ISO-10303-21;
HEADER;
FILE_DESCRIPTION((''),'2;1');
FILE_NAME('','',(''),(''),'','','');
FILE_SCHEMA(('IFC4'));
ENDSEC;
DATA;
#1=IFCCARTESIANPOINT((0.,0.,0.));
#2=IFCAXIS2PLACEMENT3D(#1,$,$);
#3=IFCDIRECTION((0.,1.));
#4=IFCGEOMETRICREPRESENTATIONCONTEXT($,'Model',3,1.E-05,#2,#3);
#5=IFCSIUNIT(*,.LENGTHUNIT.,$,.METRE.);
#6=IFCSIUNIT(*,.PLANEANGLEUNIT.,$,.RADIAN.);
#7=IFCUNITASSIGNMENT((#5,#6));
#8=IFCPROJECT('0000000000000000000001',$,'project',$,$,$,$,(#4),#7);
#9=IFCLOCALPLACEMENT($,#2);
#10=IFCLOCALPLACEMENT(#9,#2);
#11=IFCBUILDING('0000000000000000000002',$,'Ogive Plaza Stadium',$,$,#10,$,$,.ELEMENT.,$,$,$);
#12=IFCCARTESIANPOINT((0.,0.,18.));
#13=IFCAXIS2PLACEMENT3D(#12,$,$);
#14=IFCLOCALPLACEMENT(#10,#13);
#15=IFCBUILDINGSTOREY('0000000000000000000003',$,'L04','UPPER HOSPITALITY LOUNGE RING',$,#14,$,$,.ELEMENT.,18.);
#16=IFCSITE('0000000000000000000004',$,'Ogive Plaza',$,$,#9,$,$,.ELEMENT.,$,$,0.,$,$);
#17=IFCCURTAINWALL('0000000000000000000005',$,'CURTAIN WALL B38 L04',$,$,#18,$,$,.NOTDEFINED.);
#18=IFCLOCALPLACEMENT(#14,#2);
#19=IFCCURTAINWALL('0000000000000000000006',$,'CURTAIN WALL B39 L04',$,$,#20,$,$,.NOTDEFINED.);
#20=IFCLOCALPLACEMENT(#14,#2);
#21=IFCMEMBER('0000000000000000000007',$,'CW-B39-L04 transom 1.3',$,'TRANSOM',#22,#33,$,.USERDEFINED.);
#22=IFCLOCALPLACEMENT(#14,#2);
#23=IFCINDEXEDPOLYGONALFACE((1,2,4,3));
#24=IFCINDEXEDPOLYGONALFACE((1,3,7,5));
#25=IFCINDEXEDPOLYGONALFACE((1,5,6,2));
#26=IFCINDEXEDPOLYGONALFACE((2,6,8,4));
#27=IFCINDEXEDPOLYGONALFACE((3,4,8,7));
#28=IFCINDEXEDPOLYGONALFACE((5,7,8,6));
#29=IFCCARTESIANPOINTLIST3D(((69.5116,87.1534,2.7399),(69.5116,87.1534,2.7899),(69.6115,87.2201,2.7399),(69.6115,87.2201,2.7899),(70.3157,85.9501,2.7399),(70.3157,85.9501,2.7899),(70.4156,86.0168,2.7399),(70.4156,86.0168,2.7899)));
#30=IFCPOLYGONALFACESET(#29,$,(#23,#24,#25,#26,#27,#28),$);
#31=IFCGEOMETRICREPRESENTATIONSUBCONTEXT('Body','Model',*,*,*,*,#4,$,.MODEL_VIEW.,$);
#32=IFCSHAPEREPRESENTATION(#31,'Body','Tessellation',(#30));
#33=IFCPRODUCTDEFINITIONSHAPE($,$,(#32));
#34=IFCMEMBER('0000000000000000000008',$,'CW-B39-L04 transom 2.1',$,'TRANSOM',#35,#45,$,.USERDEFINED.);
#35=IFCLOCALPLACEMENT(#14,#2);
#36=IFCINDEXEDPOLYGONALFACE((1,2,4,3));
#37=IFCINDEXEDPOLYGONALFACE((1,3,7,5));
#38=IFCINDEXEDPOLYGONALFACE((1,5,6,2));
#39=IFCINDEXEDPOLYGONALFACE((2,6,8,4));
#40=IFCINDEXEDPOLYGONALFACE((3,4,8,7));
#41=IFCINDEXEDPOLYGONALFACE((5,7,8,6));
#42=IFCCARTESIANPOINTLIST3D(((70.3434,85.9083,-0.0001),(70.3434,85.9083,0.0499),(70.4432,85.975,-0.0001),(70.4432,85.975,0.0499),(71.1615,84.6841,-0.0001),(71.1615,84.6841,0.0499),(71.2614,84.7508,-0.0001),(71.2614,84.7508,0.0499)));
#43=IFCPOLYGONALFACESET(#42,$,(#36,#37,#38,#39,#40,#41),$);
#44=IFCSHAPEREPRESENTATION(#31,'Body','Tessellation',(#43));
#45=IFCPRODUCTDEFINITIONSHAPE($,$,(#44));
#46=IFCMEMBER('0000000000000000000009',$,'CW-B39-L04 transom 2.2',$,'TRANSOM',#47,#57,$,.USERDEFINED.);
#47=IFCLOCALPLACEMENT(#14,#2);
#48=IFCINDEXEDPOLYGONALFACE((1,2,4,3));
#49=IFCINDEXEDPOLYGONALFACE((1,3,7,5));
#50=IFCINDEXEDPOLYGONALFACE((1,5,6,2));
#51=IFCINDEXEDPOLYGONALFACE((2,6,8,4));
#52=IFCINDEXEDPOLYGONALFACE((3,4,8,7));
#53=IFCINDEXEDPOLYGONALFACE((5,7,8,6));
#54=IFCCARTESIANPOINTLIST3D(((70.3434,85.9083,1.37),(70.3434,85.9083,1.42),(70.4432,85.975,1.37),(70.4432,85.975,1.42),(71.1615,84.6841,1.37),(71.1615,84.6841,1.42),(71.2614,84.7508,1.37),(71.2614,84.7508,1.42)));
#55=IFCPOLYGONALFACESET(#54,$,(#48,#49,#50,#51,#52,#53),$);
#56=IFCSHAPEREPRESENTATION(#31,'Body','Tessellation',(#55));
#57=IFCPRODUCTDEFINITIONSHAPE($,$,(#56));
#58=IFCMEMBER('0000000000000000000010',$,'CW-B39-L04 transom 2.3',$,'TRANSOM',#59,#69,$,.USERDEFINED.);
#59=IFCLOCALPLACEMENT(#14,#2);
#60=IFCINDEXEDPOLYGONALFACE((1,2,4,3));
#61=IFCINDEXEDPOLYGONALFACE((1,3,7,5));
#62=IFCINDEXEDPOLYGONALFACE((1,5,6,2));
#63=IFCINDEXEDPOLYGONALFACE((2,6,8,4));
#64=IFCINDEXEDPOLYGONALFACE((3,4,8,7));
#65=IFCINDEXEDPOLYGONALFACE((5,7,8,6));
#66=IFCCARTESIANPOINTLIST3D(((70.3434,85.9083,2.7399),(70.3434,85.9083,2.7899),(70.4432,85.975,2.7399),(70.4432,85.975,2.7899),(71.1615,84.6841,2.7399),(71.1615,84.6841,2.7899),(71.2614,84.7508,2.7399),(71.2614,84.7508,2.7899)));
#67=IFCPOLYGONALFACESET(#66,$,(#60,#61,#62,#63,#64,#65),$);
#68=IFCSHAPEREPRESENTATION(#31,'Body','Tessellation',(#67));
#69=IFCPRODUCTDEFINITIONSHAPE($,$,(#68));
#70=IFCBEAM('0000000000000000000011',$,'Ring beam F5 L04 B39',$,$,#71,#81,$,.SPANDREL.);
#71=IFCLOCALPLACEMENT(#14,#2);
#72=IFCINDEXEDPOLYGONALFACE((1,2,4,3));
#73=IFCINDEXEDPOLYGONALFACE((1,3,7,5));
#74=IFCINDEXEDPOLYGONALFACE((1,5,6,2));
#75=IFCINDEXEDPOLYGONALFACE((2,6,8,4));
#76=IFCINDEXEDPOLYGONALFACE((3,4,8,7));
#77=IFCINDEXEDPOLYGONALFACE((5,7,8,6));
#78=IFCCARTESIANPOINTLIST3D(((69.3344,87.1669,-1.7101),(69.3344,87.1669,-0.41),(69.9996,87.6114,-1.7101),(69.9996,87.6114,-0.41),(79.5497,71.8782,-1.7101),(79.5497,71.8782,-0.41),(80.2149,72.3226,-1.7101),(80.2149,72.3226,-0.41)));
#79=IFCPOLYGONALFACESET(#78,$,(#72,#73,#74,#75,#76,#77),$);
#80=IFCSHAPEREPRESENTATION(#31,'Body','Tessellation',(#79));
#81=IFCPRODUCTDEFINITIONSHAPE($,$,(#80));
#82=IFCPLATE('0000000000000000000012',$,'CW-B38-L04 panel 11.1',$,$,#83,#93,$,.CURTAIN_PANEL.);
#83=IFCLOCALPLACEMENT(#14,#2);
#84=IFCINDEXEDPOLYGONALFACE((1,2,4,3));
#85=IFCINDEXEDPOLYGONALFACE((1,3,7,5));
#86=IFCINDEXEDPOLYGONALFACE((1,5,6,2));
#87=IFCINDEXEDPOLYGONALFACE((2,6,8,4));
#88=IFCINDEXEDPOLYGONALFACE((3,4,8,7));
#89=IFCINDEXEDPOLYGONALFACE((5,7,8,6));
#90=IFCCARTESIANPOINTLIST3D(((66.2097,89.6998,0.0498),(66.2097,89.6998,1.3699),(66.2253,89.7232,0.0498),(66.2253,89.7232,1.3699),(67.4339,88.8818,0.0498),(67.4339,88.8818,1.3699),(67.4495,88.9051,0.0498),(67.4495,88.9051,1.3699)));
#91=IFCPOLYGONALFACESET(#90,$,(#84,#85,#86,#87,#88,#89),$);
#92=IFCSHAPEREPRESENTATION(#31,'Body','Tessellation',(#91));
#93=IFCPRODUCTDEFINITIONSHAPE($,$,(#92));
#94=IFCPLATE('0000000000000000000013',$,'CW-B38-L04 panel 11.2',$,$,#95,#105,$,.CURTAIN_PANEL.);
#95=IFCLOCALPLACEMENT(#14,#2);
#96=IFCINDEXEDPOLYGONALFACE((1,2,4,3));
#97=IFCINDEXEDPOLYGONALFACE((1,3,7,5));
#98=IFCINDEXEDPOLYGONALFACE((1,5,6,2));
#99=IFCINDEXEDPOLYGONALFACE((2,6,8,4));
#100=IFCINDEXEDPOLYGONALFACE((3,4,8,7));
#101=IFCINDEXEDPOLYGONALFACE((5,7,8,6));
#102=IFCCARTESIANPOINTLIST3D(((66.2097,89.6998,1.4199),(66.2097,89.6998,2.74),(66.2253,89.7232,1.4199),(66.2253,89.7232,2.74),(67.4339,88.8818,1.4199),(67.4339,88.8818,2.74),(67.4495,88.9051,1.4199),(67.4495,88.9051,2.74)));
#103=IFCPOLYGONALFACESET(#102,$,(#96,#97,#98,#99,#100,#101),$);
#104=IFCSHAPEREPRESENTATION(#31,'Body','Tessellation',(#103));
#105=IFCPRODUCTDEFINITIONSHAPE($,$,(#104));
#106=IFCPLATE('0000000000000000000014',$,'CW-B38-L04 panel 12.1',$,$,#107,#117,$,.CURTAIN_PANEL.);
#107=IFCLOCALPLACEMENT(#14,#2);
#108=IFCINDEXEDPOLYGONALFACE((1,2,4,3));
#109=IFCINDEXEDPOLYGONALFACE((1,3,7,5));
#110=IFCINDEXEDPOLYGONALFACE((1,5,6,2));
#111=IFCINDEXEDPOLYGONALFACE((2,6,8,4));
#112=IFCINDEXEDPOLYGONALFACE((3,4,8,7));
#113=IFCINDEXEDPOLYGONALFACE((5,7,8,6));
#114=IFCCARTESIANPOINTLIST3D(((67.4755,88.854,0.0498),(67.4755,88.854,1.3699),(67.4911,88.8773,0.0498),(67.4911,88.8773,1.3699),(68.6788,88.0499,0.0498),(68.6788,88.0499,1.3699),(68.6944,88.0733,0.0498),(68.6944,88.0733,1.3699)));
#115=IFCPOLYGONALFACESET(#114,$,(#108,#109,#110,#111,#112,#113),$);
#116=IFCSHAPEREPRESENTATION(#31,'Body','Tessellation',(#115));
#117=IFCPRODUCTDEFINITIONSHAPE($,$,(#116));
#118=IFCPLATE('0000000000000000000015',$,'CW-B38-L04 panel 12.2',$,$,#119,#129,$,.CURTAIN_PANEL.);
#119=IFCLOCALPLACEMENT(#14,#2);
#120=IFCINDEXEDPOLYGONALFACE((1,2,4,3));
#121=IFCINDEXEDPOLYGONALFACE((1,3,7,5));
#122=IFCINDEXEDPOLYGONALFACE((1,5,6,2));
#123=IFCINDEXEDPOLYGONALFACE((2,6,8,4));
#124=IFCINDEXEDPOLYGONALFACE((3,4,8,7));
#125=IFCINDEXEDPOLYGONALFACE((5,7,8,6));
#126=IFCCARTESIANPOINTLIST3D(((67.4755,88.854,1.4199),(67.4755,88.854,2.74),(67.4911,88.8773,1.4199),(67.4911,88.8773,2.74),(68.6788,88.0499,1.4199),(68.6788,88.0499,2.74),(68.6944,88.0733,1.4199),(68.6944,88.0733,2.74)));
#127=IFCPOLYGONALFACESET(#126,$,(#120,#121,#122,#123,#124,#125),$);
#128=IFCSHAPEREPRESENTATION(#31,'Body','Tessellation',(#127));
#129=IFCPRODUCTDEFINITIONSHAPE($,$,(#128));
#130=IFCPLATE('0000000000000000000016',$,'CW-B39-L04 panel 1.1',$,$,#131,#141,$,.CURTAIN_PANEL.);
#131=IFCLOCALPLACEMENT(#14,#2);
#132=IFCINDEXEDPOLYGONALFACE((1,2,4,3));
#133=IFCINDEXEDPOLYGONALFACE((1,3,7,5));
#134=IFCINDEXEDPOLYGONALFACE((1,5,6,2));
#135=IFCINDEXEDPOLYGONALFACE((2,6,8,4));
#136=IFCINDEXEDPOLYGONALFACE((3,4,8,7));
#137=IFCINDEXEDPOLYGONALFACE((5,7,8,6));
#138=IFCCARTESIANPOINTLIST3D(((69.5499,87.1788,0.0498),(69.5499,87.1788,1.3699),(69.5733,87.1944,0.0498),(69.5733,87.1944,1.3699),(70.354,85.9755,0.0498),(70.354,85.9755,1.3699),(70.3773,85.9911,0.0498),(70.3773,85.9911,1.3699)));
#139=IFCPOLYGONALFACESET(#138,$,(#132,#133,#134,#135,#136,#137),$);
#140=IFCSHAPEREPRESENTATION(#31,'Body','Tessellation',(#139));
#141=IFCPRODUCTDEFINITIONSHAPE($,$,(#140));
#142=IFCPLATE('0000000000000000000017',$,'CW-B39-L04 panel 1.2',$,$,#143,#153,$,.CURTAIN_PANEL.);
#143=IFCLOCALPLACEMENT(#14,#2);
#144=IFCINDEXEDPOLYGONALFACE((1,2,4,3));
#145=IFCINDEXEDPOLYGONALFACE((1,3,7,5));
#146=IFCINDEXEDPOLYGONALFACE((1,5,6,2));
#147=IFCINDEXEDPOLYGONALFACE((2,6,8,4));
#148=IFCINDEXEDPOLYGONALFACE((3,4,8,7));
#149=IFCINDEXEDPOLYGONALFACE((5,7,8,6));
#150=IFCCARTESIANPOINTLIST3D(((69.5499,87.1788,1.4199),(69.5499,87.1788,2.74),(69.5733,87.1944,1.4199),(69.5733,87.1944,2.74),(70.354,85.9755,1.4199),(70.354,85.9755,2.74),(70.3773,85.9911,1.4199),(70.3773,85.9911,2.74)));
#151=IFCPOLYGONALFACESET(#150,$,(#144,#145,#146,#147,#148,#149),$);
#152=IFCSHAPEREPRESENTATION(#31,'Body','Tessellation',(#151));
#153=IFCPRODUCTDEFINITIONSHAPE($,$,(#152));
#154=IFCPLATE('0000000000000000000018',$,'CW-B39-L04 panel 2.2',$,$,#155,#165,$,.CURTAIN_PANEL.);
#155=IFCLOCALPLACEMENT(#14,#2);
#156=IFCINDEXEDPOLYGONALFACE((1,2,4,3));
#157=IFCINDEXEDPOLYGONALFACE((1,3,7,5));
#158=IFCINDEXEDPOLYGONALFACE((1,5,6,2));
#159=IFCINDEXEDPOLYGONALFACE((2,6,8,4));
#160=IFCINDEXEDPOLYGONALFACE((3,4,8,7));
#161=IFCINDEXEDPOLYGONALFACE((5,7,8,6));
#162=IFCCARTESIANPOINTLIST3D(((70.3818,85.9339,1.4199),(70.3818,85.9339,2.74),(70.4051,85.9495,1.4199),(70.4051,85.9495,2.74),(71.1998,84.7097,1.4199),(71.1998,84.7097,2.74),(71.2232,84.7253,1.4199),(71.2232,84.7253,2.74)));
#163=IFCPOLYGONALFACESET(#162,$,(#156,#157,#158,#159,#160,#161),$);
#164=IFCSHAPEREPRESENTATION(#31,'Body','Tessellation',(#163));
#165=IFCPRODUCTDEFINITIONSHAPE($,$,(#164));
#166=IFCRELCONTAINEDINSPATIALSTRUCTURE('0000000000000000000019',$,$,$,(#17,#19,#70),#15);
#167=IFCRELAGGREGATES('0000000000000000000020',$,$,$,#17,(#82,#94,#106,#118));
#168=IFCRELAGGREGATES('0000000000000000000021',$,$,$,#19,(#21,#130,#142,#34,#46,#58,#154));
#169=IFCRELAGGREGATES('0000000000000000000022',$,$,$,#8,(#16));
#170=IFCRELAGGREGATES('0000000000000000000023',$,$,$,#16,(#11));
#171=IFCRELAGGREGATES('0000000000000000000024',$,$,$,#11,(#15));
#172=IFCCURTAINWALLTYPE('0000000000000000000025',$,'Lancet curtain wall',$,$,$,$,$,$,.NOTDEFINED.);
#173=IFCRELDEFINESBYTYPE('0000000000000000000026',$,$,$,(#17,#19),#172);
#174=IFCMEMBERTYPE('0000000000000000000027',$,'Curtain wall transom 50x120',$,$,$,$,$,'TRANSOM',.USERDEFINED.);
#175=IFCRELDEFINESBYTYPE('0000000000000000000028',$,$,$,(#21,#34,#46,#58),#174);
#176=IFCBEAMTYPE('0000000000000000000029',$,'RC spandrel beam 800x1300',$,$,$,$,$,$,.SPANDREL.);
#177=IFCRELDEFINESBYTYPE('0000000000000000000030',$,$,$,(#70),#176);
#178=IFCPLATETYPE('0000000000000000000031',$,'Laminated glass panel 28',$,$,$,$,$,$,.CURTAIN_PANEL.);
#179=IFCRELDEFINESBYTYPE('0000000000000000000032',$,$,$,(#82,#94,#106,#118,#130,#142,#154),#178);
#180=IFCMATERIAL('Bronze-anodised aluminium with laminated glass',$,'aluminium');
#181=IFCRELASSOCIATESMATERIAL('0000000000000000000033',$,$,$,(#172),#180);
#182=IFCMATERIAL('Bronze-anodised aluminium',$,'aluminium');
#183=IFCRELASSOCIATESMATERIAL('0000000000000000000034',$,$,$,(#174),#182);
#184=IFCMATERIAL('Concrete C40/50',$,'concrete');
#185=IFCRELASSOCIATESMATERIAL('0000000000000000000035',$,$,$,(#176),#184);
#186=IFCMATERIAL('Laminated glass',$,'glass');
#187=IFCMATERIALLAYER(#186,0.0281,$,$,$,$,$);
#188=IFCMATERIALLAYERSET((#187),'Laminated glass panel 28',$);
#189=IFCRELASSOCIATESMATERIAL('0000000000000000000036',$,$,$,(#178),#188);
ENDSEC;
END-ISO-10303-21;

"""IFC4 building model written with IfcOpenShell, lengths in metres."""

from ifc_helpers import new_model, si_unit, direction, frame, origin, origin_2d, place, context, subcontext, project, spatial, rectangle, extrude, material, layer, layer_set, material_profile, profile_set, type_object, element, aggregate, save


model = new_model("IFC4")

# Units and contexts
model_context = context("Model", 3, precision=1e-05, world=origin(), true_north=direction((0.0, 1.0)))
body_context = subcontext(model_context, "Body", "Model", "MODEL_VIEW")
ifc_project = project(units=[si_unit("LENGTHUNIT", "METRE"), si_unit("PLANEANGLEUNIT", "RADIAN")], contexts=[model_context])

# Site, building, storey
site_placement = place(None, origin())
site = spatial("IfcSite", under=ifc_project, at=site_placement, Name="Ogive Plaza", CompositionType="ELEMENT", RefElevation=0.0)
building_placement = place(site_placement, origin())
building = spatial("IfcBuilding", under=site, at=building_placement, Name="Ogive Plaza Stadium", CompositionType="ELEMENT")
storey_placement = place(building_placement, frame((0.0, 0.0, 18.0)))
storey = spatial("IfcBuildingStorey", under=building, at=storey_placement, Name="L04", Description="UPPER HOSPITALITY LOUNGE RING", CompositionType="ELEMENT", Elevation=18.0)

# Curtain walls
ifc_material_1 = material(Name="Bronze-anodised aluminium with laminated glass", Category="aluminium")
curtain_wall_type = type_object("IfcCurtainWallType", Name="Lancet curtain wall", PredefinedType="NOTDEFINED", material=ifc_material_1)
curtain_wall_1_placement = place(storey_placement, origin())
curtain_wall_1 = element("IfcCurtainWall", 1, at=curtain_wall_1_placement, inside=storey, type_object=curtain_wall_type, Name="CURTAIN WALL B38 L04", PredefinedType="NOTDEFINED")
curtain_wall_2_placement = place(storey_placement, origin())
curtain_wall_2 = element("IfcCurtainWall", 2, at=curtain_wall_2_placement, inside=storey, type_object=curtain_wall_type, Name="CURTAIN WALL B39 L04", PredefinedType="NOTDEFINED")

# Members
ifc_material_2 = material(Name="Bronze-anodised aluminium", Category="aluminium")
ifc_material_profile_1 = material_profile(ifc_material_2, rectangle(XDim=0.1201, YDim=0.05, at=origin_2d()), Name="AL 120x50")
ifc_profile_set_1 = profile_set([ifc_material_profile_1], Name="Bronze-anodised aluminium")
member_type_1 = type_object("IfcMemberType", Name="Curtain wall transom 50x120", ElementType="TRANSOM", PredefinedType="USERDEFINED", material=ifc_profile_set_1)
member_1_placement = place(storey_placement, frame((69.5615, 87.1868, 2.7649), z_axis=(0.555634, -0.831427, 0.0), x_axis=(0.831427, 0.555634, 0.0)))
member_1 = element("IfcMember", 3, at=member_1_placement, type_object=member_type_1, Name="CW-B39-L04 transom 1.3", ObjectType="TRANSOM", PredefinedType="USERDEFINED", context=body_context, shape_type="SweptSolid", body=[
    extrude(rectangle(XDim=0.1201, YDim=0.05, at=origin_2d()), origin(), (0.0, 0.0, 1.0), 1.4473),
])
member_2_placement = place(storey_placement, frame((70.3933, 85.9417, 0.0249), z_axis=(0.555656, -0.831412, 0.0), x_axis=(0.831412, 0.555656, 0.0)))
member_2 = element("IfcMember", 4, at=member_2_placement, type_object=member_type_1, Name="CW-B39-L04 transom 2.1", ObjectType="TRANSOM", PredefinedType="USERDEFINED", context=body_context, shape_type="SweptSolid", body=[
    extrude(rectangle(XDim=0.1201, YDim=0.05, at=origin_2d()), origin(), (0.0, 0.0, 1.0), 1.4724),
])
member_3_placement = place(storey_placement, frame((70.3933, 85.9417, 1.395), z_axis=(0.555656, -0.831412, 0.0), x_axis=(0.831412, 0.555656, 0.0)))
member_3 = element("IfcMember", 5, at=member_3_placement, type_object=member_type_1, Name="CW-B39-L04 transom 2.2", ObjectType="TRANSOM", PredefinedType="USERDEFINED", context=body_context, shape_type="SweptSolid", body=[
    extrude(rectangle(XDim=0.1201, YDim=0.05, at=origin_2d()), origin(), (0.0, 0.0, 1.0), 1.4724),
])
member_4_placement = place(storey_placement, frame((70.3933, 85.9417, 2.7649), z_axis=(0.555656, -0.831412, 0.0), x_axis=(0.831412, 0.555656, 0.0)))
member_4 = element("IfcMember", 6, at=member_4_placement, type_object=member_type_1, Name="CW-B39-L04 transom 2.3", ObjectType="TRANSOM", PredefinedType="USERDEFINED", context=body_context, shape_type="SweptSolid", body=[
    extrude(rectangle(XDim=0.1201, YDim=0.05, at=origin_2d()), origin(), (0.0, 0.0, 1.0), 1.4724),
])

# Beam
ifc_material_3 = material(Name="Concrete C40/50", Category="concrete")
ifc_material_profile_2 = material_profile(ifc_material_3, rectangle(XDim=0.8, YDim=1.3, at=origin_2d()), Name="RC 800x1300")
ifc_profile_set_2 = profile_set([ifc_material_profile_2], Name="Concrete C40/50")
beam_type = type_object("IfcBeamType", Name="RC spandrel beam 800x1300", PredefinedType="SPANDREL", material=ifc_profile_set_2)
beam_placement = place(storey_placement, frame((69.667, 87.3892, -1.0601), z_axis=(0.555558, -0.831478, 0.0), x_axis=(0.831478, 0.555558, 0.0)))
element("IfcBeam", 7, at=beam_placement, inside=storey, type_object=beam_type, Name="Ring beam F5 L04 B39", PredefinedType="SPANDREL", context=body_context, shape_type="SweptSolid", body=[
    extrude(rectangle(XDim=0.8, YDim=1.3, at=origin_2d()), origin(), (0.0, 0.0, 1.0), 18.3875),
])

# Plates
ifc_material_4 = material(Name="Laminated glass", Category="glass")
ifc_layer = layer(ifc_material_4, 0.0281)
ifc_layer_set = layer_set([ifc_layer], Name="Laminated glass panel 28")
plate_type = type_object("IfcPlateType", Name="Laminated glass panel 28", PredefinedType="CURTAIN_PANEL", material=ifc_layer_set)
plate_1_placement = place(storey_placement, frame((66.8296, 89.3025, 0.0498), z_axis=(0.0, 0.0, 1.0), x_axis=(0.83147, -0.55557, 0.0)))
plate_1 = element("IfcPlate", 8, at=plate_1_placement, type_object=plate_type, Name="CW-B38-L04 panel 11.1", PredefinedType="CURTAIN_PANEL", context=body_context, shape_type="SweptSolid", body=[
    extrude(rectangle(XDim=1.4724, YDim=0.0281, at=origin_2d()), origin(), (0.0, 0.0, 1.0), 1.3201),
])
plate_2_placement = place(storey_placement, frame((66.8296, 89.3025, 1.4199), z_axis=(0.0, 0.0, 1.0), x_axis=(0.83147, -0.55557, 0.0)))
plate_2 = element("IfcPlate", 9, at=plate_2_placement, type_object=plate_type, Name="CW-B38-L04 panel 11.2", PredefinedType="CURTAIN_PANEL", context=body_context, shape_type="SweptSolid", body=[
    extrude(rectangle(XDim=1.4724, YDim=0.0281, at=origin_2d()), origin(), (0.0, 0.0, 1.0), 1.3201),
])
plate_3_placement = place(storey_placement, frame((68.085, 88.4636, 0.0498), z_axis=(0.0, 0.0, 1.0), x_axis=(0.83147, -0.55557, 0.0)))
plate_3 = element("IfcPlate", 10, at=plate_3_placement, type_object=plate_type, Name="CW-B38-L04 panel 12.1", PredefinedType="CURTAIN_PANEL", context=body_context, shape_type="SweptSolid", body=[
    extrude(rectangle(XDim=1.4473, YDim=0.0281, at=origin_2d()), origin(), (0.0, 0.0, 1.0), 1.3201),
])
plate_4_placement = place(storey_placement, frame((68.085, 88.4636, 1.4199), z_axis=(0.0, 0.0, 1.0), x_axis=(0.83147, -0.55557, 0.0)))
plate_4 = element("IfcPlate", 11, at=plate_4_placement, type_object=plate_type, Name="CW-B38-L04 panel 12.2", PredefinedType="CURTAIN_PANEL", context=body_context, shape_type="SweptSolid", body=[
    extrude(rectangle(XDim=1.4473, YDim=0.0281, at=origin_2d()), origin(), (0.0, 0.0, 1.0), 1.3201),
])
aggregate(curtain_wall_1, [plate_1, plate_2, plate_3, plate_4])
plate_5_placement = place(storey_placement, frame((69.9636, 86.585, 0.0498), z_axis=(0.0, 0.0, 1.0), x_axis=(0.55557, -0.83147, 0.0)))
plate_5 = element("IfcPlate", 12, at=plate_5_placement, type_object=plate_type, Name="CW-B39-L04 panel 1.1", PredefinedType="CURTAIN_PANEL", context=body_context, shape_type="SweptSolid", body=[
    extrude(rectangle(XDim=1.4473, YDim=0.0281, at=origin_2d()), origin(), (0.0, 0.0, 1.0), 1.3201),
])
plate_6_placement = place(storey_placement, frame((69.9636, 86.585, 1.4199), z_axis=(0.0, 0.0, 1.0), x_axis=(0.55557, -0.83147, 0.0)))
plate_6 = element("IfcPlate", 13, at=plate_6_placement, type_object=plate_type, Name="CW-B39-L04 panel 1.2", PredefinedType="CURTAIN_PANEL", context=body_context, shape_type="SweptSolid", body=[
    extrude(rectangle(XDim=1.4473, YDim=0.0281, at=origin_2d()), origin(), (0.0, 0.0, 1.0), 1.3201),
])
plate_7_placement = place(storey_placement, frame((70.8025, 85.3296, 1.4199), z_axis=(0.0, 0.0, 1.0), x_axis=(0.55557, -0.83147, 0.0)))
plate_7 = element("IfcPlate", 14, at=plate_7_placement, type_object=plate_type, Name="CW-B39-L04 panel 2.2", PredefinedType="CURTAIN_PANEL", context=body_context, shape_type="SweptSolid", body=[
    extrude(rectangle(XDim=1.4724, YDim=0.0281, at=origin_2d()), origin(), (0.0, 0.0, 1.0), 1.3201),
])
aggregate(curtain_wall_2, [member_1, plate_5, plate_6, member_2, member_3, member_4, plate_7])

save(model, "model.ifc")
